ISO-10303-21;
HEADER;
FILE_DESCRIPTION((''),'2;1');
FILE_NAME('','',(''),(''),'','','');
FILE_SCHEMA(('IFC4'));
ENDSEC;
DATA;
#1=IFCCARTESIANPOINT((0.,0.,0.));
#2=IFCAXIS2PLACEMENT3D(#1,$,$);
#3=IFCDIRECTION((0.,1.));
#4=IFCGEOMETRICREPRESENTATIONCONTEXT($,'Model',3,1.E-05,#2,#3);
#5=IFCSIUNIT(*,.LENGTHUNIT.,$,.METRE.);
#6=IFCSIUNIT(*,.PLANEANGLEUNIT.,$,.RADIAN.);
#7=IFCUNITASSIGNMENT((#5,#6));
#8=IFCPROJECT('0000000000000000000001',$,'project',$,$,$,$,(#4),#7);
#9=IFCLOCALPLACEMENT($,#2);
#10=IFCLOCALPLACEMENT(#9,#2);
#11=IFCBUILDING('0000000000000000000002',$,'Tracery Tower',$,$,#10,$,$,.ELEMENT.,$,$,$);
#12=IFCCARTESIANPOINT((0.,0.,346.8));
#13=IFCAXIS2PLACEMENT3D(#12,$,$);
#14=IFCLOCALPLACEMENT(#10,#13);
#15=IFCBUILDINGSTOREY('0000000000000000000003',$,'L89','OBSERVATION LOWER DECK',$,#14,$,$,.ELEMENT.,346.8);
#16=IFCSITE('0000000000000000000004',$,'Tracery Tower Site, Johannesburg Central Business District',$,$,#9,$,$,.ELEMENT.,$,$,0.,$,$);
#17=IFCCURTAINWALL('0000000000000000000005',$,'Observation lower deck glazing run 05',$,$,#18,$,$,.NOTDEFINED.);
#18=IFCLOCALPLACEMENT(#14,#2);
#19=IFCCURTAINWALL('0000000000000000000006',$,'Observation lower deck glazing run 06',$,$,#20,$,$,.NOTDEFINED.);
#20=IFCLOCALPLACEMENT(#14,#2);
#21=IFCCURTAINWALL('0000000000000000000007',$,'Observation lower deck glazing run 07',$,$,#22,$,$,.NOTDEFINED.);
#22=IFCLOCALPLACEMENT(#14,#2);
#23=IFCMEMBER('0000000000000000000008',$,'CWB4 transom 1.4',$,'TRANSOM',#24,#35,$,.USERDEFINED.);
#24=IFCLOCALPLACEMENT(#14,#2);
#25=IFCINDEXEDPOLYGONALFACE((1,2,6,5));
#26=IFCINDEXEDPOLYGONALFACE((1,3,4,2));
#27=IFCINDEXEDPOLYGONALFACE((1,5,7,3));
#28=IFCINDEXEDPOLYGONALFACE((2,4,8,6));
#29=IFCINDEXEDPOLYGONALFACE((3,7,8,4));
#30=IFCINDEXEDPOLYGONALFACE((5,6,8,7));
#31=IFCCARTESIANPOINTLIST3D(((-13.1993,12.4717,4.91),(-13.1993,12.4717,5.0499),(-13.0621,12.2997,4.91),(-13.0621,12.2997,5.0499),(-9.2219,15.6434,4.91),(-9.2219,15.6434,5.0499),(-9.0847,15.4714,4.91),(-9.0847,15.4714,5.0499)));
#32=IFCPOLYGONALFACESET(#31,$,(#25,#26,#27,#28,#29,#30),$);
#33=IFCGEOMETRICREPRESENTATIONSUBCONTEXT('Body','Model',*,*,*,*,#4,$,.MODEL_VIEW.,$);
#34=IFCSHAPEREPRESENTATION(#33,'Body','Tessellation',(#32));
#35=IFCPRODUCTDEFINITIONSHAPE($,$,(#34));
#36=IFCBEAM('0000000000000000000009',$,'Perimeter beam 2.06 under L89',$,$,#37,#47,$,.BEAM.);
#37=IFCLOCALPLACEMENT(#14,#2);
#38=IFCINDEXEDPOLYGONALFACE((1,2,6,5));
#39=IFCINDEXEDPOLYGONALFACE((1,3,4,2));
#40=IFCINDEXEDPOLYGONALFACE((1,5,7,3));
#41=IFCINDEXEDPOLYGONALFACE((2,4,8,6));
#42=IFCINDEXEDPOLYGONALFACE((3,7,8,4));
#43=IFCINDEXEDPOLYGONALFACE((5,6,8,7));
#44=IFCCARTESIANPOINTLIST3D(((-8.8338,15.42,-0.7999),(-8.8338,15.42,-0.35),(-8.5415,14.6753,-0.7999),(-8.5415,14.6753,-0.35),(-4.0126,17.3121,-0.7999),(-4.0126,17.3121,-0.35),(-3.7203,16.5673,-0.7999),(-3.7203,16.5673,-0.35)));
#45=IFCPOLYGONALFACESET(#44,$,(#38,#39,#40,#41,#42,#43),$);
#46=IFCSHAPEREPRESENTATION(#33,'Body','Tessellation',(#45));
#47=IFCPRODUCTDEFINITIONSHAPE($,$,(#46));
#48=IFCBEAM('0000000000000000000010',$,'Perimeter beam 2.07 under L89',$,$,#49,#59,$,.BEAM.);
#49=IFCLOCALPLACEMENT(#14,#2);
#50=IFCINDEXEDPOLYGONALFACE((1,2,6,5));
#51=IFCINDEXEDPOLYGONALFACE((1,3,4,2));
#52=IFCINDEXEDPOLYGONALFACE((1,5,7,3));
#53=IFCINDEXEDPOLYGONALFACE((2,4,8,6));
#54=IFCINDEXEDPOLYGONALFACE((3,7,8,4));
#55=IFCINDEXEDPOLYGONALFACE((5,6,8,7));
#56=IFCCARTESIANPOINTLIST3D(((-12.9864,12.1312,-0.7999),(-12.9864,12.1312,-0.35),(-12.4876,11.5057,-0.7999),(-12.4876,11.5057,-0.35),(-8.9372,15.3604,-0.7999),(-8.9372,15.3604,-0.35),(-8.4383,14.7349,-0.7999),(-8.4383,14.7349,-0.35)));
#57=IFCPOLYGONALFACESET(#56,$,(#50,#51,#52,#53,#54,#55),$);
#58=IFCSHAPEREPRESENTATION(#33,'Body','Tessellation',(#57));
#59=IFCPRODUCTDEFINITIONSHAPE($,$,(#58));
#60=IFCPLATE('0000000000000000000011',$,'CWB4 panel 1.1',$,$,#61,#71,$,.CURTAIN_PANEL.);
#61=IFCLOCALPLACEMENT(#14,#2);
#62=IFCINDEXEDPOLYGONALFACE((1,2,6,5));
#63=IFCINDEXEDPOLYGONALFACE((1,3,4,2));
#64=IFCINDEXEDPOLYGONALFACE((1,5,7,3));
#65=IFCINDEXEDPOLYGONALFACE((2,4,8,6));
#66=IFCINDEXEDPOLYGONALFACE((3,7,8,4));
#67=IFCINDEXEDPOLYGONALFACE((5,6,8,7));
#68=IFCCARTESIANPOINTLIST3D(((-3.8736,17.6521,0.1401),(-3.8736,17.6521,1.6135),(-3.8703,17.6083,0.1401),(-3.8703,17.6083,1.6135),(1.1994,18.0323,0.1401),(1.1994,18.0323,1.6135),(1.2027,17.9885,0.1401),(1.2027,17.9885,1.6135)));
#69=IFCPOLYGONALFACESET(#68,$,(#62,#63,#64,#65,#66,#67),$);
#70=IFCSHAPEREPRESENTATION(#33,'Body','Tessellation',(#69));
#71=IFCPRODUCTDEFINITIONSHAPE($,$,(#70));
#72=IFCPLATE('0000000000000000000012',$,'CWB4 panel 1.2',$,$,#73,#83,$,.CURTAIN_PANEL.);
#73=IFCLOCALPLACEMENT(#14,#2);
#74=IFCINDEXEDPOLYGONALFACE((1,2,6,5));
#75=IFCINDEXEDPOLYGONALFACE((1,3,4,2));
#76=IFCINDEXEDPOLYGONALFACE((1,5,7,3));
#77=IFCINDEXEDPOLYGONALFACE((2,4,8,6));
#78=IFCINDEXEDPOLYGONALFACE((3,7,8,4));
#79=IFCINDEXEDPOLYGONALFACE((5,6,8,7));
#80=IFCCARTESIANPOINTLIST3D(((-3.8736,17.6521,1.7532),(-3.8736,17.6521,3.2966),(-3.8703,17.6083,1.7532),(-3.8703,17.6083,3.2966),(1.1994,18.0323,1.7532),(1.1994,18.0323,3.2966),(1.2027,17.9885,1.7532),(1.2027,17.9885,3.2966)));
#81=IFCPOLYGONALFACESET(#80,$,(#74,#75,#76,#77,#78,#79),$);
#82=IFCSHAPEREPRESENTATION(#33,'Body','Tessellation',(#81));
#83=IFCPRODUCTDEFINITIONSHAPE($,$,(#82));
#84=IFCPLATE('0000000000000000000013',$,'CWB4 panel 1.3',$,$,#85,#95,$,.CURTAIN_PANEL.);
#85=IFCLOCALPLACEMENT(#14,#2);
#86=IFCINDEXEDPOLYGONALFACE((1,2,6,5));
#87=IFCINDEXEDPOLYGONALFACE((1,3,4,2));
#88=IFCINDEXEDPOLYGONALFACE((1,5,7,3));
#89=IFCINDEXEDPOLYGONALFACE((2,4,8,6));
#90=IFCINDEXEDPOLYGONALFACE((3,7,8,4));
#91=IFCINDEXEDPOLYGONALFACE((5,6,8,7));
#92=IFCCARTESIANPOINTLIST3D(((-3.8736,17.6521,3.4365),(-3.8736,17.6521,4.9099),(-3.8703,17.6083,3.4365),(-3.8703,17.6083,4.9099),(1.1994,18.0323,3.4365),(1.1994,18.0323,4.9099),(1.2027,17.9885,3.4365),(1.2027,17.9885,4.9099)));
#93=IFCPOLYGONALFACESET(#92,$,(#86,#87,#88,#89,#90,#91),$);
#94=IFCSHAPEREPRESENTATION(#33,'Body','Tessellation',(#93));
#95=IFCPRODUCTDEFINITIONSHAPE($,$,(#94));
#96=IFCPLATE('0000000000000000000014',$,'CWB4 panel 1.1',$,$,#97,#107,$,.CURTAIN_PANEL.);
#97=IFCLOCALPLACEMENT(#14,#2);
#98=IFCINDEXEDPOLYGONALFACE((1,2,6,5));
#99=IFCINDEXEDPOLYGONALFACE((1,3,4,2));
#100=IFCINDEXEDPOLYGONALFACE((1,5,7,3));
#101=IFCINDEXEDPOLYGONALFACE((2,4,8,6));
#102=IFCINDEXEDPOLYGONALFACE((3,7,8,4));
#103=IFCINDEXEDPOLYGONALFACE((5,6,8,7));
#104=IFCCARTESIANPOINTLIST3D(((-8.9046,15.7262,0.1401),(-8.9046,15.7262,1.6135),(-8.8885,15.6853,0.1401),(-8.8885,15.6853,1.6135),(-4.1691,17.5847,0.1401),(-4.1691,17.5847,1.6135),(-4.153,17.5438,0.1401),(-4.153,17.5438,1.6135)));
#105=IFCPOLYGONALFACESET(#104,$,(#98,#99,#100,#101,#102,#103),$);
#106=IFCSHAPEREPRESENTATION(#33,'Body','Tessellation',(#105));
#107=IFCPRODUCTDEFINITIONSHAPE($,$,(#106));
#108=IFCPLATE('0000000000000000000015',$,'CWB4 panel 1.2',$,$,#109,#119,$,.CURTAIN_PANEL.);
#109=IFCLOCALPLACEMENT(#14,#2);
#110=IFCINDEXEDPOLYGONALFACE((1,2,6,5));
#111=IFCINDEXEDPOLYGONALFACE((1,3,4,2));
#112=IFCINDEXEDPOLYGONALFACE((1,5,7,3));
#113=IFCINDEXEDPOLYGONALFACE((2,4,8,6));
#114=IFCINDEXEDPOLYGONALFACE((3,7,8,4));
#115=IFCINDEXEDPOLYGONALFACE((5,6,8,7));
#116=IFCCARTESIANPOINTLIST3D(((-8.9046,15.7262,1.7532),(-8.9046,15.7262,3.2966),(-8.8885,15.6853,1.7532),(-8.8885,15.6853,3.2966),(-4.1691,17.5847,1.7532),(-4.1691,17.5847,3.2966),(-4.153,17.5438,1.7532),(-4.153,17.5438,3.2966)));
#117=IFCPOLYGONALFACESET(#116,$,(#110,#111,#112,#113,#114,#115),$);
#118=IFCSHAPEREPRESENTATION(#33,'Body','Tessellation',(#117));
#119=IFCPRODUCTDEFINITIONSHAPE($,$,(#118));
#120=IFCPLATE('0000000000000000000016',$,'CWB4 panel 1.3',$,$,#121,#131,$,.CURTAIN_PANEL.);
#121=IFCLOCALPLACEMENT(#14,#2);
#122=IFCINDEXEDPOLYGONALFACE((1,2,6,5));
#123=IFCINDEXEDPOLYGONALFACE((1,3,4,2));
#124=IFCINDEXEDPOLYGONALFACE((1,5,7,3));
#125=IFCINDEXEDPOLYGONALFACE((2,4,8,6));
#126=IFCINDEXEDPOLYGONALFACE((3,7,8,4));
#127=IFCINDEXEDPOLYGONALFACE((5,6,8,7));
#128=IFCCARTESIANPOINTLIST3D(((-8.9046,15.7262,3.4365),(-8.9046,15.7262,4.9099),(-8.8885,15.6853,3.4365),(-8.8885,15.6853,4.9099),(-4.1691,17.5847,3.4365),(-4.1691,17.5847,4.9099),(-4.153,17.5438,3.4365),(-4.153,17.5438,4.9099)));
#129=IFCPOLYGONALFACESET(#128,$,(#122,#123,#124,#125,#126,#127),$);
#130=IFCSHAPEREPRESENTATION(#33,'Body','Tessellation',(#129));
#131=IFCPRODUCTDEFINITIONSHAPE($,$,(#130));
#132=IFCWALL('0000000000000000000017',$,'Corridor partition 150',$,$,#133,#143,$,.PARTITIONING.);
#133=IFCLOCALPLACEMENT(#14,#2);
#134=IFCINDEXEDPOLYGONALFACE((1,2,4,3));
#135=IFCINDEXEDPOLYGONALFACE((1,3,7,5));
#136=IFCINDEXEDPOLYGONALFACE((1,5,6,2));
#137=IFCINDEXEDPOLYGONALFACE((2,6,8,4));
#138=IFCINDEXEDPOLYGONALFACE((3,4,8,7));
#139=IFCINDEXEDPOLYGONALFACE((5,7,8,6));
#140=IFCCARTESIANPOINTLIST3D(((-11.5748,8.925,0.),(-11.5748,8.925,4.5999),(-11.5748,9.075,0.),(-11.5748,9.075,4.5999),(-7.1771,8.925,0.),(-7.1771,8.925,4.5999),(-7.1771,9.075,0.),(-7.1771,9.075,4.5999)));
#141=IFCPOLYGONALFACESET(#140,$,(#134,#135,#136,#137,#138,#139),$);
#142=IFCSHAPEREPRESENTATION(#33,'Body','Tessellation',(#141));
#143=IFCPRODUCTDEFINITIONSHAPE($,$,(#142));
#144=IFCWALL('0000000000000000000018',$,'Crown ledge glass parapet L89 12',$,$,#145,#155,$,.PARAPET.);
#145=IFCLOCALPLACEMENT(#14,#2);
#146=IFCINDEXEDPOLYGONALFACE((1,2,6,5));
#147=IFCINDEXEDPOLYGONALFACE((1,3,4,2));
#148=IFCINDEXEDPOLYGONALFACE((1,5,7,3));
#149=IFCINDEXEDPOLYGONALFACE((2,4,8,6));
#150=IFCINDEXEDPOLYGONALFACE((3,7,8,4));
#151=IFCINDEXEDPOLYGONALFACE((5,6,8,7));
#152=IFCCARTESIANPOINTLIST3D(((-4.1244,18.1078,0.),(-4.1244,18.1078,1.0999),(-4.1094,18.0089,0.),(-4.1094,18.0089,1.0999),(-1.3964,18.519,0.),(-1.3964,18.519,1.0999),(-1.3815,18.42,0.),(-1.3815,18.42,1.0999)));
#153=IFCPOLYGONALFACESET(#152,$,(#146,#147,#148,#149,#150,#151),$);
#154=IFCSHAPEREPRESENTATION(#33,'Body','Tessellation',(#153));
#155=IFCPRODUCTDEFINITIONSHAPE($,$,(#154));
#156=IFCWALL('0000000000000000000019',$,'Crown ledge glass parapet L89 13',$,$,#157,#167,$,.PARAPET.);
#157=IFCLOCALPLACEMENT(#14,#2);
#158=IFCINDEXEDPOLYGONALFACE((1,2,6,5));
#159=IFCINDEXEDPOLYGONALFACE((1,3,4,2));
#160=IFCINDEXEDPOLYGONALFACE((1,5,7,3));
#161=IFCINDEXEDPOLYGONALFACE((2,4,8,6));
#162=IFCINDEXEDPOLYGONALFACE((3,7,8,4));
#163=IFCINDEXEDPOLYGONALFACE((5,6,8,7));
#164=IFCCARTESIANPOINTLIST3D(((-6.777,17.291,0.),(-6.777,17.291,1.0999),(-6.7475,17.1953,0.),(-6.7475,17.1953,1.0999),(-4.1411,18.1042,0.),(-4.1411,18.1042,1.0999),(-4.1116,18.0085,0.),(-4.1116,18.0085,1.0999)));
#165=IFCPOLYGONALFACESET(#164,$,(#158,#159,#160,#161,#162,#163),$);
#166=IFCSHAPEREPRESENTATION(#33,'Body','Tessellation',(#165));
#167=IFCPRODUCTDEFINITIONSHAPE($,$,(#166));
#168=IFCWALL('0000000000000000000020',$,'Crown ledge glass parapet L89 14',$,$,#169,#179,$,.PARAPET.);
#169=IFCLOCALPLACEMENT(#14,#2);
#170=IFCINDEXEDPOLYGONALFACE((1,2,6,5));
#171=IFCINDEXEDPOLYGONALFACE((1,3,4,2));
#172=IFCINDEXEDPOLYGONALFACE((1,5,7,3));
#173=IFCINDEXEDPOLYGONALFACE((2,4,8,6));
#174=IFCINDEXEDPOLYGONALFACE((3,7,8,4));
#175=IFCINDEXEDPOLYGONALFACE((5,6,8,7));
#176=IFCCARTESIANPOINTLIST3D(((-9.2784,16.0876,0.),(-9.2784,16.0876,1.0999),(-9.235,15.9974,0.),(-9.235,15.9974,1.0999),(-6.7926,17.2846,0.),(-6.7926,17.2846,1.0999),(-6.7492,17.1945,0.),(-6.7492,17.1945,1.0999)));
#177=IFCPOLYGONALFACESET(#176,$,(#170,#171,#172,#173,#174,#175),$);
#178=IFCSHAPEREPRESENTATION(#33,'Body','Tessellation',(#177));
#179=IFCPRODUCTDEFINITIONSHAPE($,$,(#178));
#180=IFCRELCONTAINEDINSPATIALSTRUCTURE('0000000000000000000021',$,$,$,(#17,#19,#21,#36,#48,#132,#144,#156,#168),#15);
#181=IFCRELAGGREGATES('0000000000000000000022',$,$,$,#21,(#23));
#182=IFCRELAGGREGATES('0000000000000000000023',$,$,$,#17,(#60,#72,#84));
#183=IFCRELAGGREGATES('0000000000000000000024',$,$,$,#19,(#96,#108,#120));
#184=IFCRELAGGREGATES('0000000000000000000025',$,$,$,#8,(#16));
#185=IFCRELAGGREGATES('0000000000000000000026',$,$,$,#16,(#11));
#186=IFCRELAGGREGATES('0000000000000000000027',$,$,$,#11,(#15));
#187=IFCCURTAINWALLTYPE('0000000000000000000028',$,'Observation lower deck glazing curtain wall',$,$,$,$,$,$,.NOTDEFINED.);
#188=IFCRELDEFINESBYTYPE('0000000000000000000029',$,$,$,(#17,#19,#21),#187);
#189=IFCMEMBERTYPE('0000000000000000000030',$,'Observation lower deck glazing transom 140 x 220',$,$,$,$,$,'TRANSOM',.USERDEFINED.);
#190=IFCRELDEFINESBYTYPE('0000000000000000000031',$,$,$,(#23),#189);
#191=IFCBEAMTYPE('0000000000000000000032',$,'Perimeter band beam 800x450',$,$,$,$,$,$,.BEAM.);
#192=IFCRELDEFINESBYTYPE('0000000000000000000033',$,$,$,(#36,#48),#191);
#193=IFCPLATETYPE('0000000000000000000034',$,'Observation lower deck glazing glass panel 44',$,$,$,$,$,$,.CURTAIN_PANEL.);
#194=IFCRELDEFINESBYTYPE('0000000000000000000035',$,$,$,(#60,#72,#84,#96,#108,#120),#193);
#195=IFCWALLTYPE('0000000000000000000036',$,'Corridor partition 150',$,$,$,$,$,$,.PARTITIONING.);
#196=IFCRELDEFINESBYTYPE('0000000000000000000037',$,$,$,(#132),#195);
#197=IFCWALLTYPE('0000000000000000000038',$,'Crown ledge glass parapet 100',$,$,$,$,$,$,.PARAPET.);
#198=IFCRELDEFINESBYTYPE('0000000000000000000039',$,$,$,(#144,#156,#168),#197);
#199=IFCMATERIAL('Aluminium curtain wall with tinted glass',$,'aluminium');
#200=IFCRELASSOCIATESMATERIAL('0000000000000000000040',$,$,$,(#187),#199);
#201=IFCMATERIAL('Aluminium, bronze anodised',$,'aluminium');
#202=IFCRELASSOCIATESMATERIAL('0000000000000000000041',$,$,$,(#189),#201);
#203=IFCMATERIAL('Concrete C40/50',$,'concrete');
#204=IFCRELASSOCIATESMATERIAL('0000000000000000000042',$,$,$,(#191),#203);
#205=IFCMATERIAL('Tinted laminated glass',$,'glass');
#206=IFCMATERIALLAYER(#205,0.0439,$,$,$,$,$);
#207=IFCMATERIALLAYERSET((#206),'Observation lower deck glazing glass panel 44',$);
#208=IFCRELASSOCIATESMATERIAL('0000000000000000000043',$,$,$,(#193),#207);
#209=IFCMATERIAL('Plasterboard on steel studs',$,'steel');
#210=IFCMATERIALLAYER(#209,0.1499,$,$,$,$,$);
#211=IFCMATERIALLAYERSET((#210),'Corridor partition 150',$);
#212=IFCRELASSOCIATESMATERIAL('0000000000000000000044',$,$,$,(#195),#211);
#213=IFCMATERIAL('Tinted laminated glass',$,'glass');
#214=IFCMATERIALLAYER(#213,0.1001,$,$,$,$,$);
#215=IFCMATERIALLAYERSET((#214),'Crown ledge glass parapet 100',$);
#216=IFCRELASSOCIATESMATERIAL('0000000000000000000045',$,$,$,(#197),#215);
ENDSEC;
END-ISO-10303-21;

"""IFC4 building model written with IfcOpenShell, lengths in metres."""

from ifc_helpers import new_model, si_unit, direction, frame, frame_2d, origin, origin_2d, place, context, subcontext, project, spatial, rectangle, extrude, material, layer, layer_set, material_profile, profile_set, type_object, element, aggregate, save


model = new_model("IFC4")

# Units and contexts
model_context = context("Model", 3, precision=1e-05, world=origin(), true_north=direction((0.0, 1.0)))
body_context = subcontext(model_context, "Body", "Model", "MODEL_VIEW")
ifc_project = project(units=[si_unit("LENGTHUNIT", "METRE"), si_unit("PLANEANGLEUNIT", "RADIAN")], contexts=[model_context])

# Site, building, storey
site_placement = place(None, origin())
site = spatial("IfcSite", under=ifc_project, at=site_placement, Name="Tracery Tower Site, Johannesburg Central Business District", CompositionType="ELEMENT", RefElevation=0.0)
building_placement = place(site_placement, origin())
building = spatial("IfcBuilding", under=site, at=building_placement, Name="Tracery Tower", CompositionType="ELEMENT")
storey_placement = place(building_placement, frame((0.0, 0.0, 346.8)))
storey = spatial("IfcBuildingStorey", under=building, at=storey_placement, Name="L89", Description="OBSERVATION LOWER DECK", CompositionType="ELEMENT", Elevation=346.8)

# Curtain wall
ifc_material_1 = material(Name="Aluminium curtain wall with tinted glass", Category="aluminium")
curtain_wall_type = type_object("IfcCurtainWallType", Name="Observation lower deck glazing curtain wall", PredefinedType="NOTDEFINED", material=ifc_material_1)
curtain_wall_1_placement = place(storey_placement, origin())
curtain_wall_1 = element("IfcCurtainWall", 1, at=curtain_wall_1_placement, inside=storey, type_object=curtain_wall_type, Name="Observation lower deck glazing run 05", PredefinedType="NOTDEFINED")

# Curtain wall
curtain_wall_2_placement = place(storey_placement, origin())
curtain_wall_2 = element("IfcCurtainWall", 2, at=curtain_wall_2_placement, inside=storey, type_object=curtain_wall_type, Name="Observation lower deck glazing run 06", PredefinedType="NOTDEFINED")

# Curtain wall
curtain_wall_3_placement = place(storey_placement, origin())
curtain_wall_3 = element("IfcCurtainWall", 3, at=curtain_wall_3_placement, inside=storey, type_object=curtain_wall_type, Name="Observation lower deck glazing run 07", PredefinedType="NOTDEFINED")

# Member
ifc_material_2 = material(Name="Aluminium, bronze anodised", Category="aluminium")
ifc_material_profile_1 = material_profile(ifc_material_2, rectangle(XDim=0.22, YDim=0.1399, at=origin_2d()), Name="Observation lower deck glazing transom 140 x 220")
ifc_profile_set_1 = profile_set([ifc_material_profile_1], Name="Aluminium, bronze anodised")
member_type_1 = type_object("IfcMemberType", Name="Observation lower deck glazing transom 140 x 220", ElementType="TRANSOM", PredefinedType="USERDEFINED", material=ifc_profile_set_1)
member_1_placement = place(storey_placement, frame((-9.1533, 15.5574, 4.98), z_axis=(-0.781846, -0.623471, 0.0), x_axis=(0.623471, -0.781846, 0.0)))
member_1 = element("IfcMember", 4, at=member_1_placement, type_object=member_type_1, Name="CWB4 transom 1.4", ObjectType="TRANSOM", PredefinedType="USERDEFINED", context=body_context, shape_type="SweptSolid", body=[
    extrude(rectangle(XDim=0.22, YDim=0.1399, at=origin_2d()), origin(), (0.0, 0.0, 1.0), 5.0872),
])
aggregate(curtain_wall_3, [member_1])

# Beams
ifc_material_3 = material(Name="Concrete C40/50", Category="concrete")
ifc_material_profile_2 = material_profile(ifc_material_3, rectangle(XDim=0.8, YDim=0.45, at=origin_2d()), Name="RC 800x450")
ifc_profile_set_2 = profile_set([ifc_material_profile_2], Name="Concrete C40/50")
beam_type = type_object("IfcBeamType", Name="Perimeter band beam 800x450", PredefinedType="BEAM", material=ifc_profile_set_2)
for number, where, z_axis, x_axis, name in (
    (5, (-3.8665, 16.9397, -0.575), (-0.930882, -0.36532, 0.0), (0.36532, -0.930882, 0.0), "Perimeter beam 2.06 under L89"),
    (6, (-8.6877, 15.0476, -0.575), (-0.781829, -0.623493, 0.0), (0.623493, -0.781829, 0.0), "Perimeter beam 2.07 under L89"),
):
    element("IfcBeam", number, at=place(storey_placement, frame(where, z_axis=z_axis, x_axis=x_axis)), inside=storey, type_object=beam_type, Name=name, PredefinedType="BEAM", context=body_context, shape_type="SweptSolid", body=[
        extrude(rectangle(XDim=0.8, YDim=0.45, at=origin_2d()), origin(), (0.0, 0.0, 1.0), 5.1792),
    ])

# Plates
ifc_material_4 = material(Name="Tinted laminated glass", Category="glass")
ifc_layer_1 = layer(ifc_material_4, 0.0439)
ifc_layer_set_1 = layer_set([ifc_layer_1], Name="Observation lower deck glazing glass panel 44")
plate_type = type_object("IfcPlateType", Name="Observation lower deck glazing glass panel 44", PredefinedType="CURTAIN_PANEL", material=ifc_layer_set_1)
plate_1_placement = place(storey_placement, frame((-1.3354, 17.8203, 0.1401), z_axis=(0.0, 0.0, 1.0), x_axis=(-0.997204, -0.074731, 0.0)))
plate_1 = element("IfcPlate", 7, at=plate_1_placement, type_object=plate_type, Name="CWB4 panel 1.1", PredefinedType="CURTAIN_PANEL", context=body_context, shape_type="SweptSolid", body=[
    extrude(rectangle(XDim=5.0872, YDim=0.0439, at=origin_2d()), origin(), (0.0, 0.0, 1.0), 1.4734),
])
plate_2_placement = place(storey_placement, frame((-1.3354, 17.8203, 1.7532), z_axis=(0.0, 0.0, 1.0), x_axis=(-0.997204, -0.074731, 0.0)))
plate_2 = element("IfcPlate", 8, at=plate_2_placement, type_object=plate_type, Name="CWB4 panel 1.2", PredefinedType="CURTAIN_PANEL", context=body_context, shape_type="SweptSolid", body=[
    extrude(rectangle(XDim=5.0872, YDim=0.0439, at=origin_2d()), origin(), (0.0, 0.0, 1.0), 1.5435),
])
plate_3_placement = place(storey_placement, frame((-1.3354, 17.8203, 3.4365), z_axis=(0.0, 0.0, 1.0), x_axis=(-0.997204, -0.074731, 0.0)))
plate_3 = element("IfcPlate", 9, at=plate_3_placement, type_object=plate_type, Name="CWB4 panel 1.3", PredefinedType="CURTAIN_PANEL", context=body_context, shape_type="SweptSolid", body=[
    extrude(rectangle(XDim=5.0872, YDim=0.0439, at=origin_2d()), origin(), (0.0, 0.0, 1.0), 1.4734),
])
aggregate(curtain_wall_1, [plate_1, plate_2, plate_3])
plate_4_placement = place(storey_placement, frame((-6.5288, 16.635, 0.1401), z_axis=(0.0, 0.0, 1.0), x_axis=(-0.930873, -0.365343, 0.0)))
plate_4 = element("IfcPlate", 10, at=plate_4_placement, type_object=plate_type, Name="CWB4 panel 1.1", PredefinedType="CURTAIN_PANEL", context=body_context, shape_type="SweptSolid", body=[
    extrude(rectangle(XDim=5.0872, YDim=0.0439, at=origin_2d()), origin(), (0.0, 0.0, 1.0), 1.4734),
])
plate_5_placement = place(storey_placement, frame((-6.5288, 16.635, 1.7532), z_axis=(0.0, 0.0, 1.0), x_axis=(-0.930873, -0.365343, 0.0)))
plate_5 = element("IfcPlate", 11, at=plate_5_placement, type_object=plate_type, Name="CWB4 panel 1.2", PredefinedType="CURTAIN_PANEL", context=body_context, shape_type="SweptSolid", body=[
    extrude(rectangle(XDim=5.0872, YDim=0.0439, at=origin_2d()), origin(), (0.0, 0.0, 1.0), 1.5435),
])
plate_6_placement = place(storey_placement, frame((-6.5288, 16.635, 3.4365), z_axis=(0.0, 0.0, 1.0), x_axis=(-0.930873, -0.365343, 0.0)))
plate_6 = element("IfcPlate", 12, at=plate_6_placement, type_object=plate_type, Name="CWB4 panel 1.3", PredefinedType="CURTAIN_PANEL", context=body_context, shape_type="SweptSolid", body=[
    extrude(rectangle(XDim=5.0872, YDim=0.0439, at=origin_2d()), origin(), (0.0, 0.0, 1.0), 1.4734),
])
aggregate(curtain_wall_2, [plate_4, plate_5, plate_6])

# Walls
ifc_material_5 = material(Name="Plasterboard on steel studs", Category="steel")
ifc_layer_2 = layer(ifc_material_5, 0.1499)
ifc_layer_set_2 = layer_set([ifc_layer_2], Name="Corridor partition 150")
wall_type_1 = type_object("IfcWallType", Name="Corridor partition 150", PredefinedType="PARTITIONING", material=ifc_layer_set_2)
wall_1_placement = place(storey_placement, frame((-7.1772, 9.0, 0.0), z_axis=(0.0, 0.0, 1.0), x_axis=(-1.0, 0.0, 0.0)))
element("IfcWall", 13, at=wall_1_placement, inside=storey, type_object=wall_type_1, Name="Corridor partition 150", PredefinedType="PARTITIONING", context=body_context, shape_type="SweptSolid", body=[
    extrude(rectangle(XDim=4.3977, YDim=0.1499, at=frame_2d((2.1987, 0.0))), origin(), (0.0, 0.0, 1.0), 4.5999),
])
ifc_material_6 = material(Name="Tinted laminated glass", Category="glass")
ifc_layer_3 = layer(ifc_material_6, 0.1001)
ifc_layer_set_3 = layer_set([ifc_layer_3], Name="Crown ledge glass parapet 100")
wall_type_2 = type_object("IfcWallType", Name="Crown ledge glass parapet 100", PredefinedType="PARAPET", material=ifc_layer_set_3)
wall_2_placement = place(storey_placement, frame((-1.3889, 18.4695, 0.0), z_axis=(0.0, 0.0, 1.0), x_axis=(-0.988834, -0.149024, 0.0)))
element("IfcWall", 14, at=wall_2_placement, inside=storey, type_object=wall_type_2, Name="Crown ledge glass parapet L89 12", PredefinedType="PARAPET", context=body_context, shape_type="SweptSolid", body=[
    extrude(rectangle(XDim=2.7588, YDim=0.1001, at=frame_2d((1.3794, 0.0))), origin(), (0.0, 0.0, 1.0), 1.0999),
])
wall_3_placement = place(storey_placement, frame((-4.1262, 18.0564, 0.0), z_axis=(0.0, 0.0, 1.0), x_axis=(-0.955559, -0.294801, 0.0)))
element("IfcWall", 15, at=wall_3_placement, inside=storey, type_object=wall_type_2, Name="Crown ledge glass parapet L89 13", PredefinedType="PARAPET", context=body_context, shape_type="SweptSolid", body=[
    extrude(rectangle(XDim=2.7585, YDim=0.1001, at=frame_2d((1.3794, 0.0))), origin(), (0.0, 0.0, 1.0), 1.0999),
])
wall_4_placement = place(storey_placement, frame((-6.771, 17.2395, 0.0), z_axis=(0.0, 0.0, 1.0), x_axis=(-0.900982, -0.433856, 0.0)))
element("IfcWall", 16, at=wall_4_placement, inside=storey, type_object=wall_type_2, Name="Crown ledge glass parapet L89 14", PredefinedType="PARAPET", context=body_context, shape_type="SweptSolid", body=[
    extrude(rectangle(XDim=2.759, YDim=0.1001, at=frame_2d((1.3794, 0.0))), origin(), (0.0, 0.0, 1.0), 1.0999),
])

save(model, "model.ifc")
